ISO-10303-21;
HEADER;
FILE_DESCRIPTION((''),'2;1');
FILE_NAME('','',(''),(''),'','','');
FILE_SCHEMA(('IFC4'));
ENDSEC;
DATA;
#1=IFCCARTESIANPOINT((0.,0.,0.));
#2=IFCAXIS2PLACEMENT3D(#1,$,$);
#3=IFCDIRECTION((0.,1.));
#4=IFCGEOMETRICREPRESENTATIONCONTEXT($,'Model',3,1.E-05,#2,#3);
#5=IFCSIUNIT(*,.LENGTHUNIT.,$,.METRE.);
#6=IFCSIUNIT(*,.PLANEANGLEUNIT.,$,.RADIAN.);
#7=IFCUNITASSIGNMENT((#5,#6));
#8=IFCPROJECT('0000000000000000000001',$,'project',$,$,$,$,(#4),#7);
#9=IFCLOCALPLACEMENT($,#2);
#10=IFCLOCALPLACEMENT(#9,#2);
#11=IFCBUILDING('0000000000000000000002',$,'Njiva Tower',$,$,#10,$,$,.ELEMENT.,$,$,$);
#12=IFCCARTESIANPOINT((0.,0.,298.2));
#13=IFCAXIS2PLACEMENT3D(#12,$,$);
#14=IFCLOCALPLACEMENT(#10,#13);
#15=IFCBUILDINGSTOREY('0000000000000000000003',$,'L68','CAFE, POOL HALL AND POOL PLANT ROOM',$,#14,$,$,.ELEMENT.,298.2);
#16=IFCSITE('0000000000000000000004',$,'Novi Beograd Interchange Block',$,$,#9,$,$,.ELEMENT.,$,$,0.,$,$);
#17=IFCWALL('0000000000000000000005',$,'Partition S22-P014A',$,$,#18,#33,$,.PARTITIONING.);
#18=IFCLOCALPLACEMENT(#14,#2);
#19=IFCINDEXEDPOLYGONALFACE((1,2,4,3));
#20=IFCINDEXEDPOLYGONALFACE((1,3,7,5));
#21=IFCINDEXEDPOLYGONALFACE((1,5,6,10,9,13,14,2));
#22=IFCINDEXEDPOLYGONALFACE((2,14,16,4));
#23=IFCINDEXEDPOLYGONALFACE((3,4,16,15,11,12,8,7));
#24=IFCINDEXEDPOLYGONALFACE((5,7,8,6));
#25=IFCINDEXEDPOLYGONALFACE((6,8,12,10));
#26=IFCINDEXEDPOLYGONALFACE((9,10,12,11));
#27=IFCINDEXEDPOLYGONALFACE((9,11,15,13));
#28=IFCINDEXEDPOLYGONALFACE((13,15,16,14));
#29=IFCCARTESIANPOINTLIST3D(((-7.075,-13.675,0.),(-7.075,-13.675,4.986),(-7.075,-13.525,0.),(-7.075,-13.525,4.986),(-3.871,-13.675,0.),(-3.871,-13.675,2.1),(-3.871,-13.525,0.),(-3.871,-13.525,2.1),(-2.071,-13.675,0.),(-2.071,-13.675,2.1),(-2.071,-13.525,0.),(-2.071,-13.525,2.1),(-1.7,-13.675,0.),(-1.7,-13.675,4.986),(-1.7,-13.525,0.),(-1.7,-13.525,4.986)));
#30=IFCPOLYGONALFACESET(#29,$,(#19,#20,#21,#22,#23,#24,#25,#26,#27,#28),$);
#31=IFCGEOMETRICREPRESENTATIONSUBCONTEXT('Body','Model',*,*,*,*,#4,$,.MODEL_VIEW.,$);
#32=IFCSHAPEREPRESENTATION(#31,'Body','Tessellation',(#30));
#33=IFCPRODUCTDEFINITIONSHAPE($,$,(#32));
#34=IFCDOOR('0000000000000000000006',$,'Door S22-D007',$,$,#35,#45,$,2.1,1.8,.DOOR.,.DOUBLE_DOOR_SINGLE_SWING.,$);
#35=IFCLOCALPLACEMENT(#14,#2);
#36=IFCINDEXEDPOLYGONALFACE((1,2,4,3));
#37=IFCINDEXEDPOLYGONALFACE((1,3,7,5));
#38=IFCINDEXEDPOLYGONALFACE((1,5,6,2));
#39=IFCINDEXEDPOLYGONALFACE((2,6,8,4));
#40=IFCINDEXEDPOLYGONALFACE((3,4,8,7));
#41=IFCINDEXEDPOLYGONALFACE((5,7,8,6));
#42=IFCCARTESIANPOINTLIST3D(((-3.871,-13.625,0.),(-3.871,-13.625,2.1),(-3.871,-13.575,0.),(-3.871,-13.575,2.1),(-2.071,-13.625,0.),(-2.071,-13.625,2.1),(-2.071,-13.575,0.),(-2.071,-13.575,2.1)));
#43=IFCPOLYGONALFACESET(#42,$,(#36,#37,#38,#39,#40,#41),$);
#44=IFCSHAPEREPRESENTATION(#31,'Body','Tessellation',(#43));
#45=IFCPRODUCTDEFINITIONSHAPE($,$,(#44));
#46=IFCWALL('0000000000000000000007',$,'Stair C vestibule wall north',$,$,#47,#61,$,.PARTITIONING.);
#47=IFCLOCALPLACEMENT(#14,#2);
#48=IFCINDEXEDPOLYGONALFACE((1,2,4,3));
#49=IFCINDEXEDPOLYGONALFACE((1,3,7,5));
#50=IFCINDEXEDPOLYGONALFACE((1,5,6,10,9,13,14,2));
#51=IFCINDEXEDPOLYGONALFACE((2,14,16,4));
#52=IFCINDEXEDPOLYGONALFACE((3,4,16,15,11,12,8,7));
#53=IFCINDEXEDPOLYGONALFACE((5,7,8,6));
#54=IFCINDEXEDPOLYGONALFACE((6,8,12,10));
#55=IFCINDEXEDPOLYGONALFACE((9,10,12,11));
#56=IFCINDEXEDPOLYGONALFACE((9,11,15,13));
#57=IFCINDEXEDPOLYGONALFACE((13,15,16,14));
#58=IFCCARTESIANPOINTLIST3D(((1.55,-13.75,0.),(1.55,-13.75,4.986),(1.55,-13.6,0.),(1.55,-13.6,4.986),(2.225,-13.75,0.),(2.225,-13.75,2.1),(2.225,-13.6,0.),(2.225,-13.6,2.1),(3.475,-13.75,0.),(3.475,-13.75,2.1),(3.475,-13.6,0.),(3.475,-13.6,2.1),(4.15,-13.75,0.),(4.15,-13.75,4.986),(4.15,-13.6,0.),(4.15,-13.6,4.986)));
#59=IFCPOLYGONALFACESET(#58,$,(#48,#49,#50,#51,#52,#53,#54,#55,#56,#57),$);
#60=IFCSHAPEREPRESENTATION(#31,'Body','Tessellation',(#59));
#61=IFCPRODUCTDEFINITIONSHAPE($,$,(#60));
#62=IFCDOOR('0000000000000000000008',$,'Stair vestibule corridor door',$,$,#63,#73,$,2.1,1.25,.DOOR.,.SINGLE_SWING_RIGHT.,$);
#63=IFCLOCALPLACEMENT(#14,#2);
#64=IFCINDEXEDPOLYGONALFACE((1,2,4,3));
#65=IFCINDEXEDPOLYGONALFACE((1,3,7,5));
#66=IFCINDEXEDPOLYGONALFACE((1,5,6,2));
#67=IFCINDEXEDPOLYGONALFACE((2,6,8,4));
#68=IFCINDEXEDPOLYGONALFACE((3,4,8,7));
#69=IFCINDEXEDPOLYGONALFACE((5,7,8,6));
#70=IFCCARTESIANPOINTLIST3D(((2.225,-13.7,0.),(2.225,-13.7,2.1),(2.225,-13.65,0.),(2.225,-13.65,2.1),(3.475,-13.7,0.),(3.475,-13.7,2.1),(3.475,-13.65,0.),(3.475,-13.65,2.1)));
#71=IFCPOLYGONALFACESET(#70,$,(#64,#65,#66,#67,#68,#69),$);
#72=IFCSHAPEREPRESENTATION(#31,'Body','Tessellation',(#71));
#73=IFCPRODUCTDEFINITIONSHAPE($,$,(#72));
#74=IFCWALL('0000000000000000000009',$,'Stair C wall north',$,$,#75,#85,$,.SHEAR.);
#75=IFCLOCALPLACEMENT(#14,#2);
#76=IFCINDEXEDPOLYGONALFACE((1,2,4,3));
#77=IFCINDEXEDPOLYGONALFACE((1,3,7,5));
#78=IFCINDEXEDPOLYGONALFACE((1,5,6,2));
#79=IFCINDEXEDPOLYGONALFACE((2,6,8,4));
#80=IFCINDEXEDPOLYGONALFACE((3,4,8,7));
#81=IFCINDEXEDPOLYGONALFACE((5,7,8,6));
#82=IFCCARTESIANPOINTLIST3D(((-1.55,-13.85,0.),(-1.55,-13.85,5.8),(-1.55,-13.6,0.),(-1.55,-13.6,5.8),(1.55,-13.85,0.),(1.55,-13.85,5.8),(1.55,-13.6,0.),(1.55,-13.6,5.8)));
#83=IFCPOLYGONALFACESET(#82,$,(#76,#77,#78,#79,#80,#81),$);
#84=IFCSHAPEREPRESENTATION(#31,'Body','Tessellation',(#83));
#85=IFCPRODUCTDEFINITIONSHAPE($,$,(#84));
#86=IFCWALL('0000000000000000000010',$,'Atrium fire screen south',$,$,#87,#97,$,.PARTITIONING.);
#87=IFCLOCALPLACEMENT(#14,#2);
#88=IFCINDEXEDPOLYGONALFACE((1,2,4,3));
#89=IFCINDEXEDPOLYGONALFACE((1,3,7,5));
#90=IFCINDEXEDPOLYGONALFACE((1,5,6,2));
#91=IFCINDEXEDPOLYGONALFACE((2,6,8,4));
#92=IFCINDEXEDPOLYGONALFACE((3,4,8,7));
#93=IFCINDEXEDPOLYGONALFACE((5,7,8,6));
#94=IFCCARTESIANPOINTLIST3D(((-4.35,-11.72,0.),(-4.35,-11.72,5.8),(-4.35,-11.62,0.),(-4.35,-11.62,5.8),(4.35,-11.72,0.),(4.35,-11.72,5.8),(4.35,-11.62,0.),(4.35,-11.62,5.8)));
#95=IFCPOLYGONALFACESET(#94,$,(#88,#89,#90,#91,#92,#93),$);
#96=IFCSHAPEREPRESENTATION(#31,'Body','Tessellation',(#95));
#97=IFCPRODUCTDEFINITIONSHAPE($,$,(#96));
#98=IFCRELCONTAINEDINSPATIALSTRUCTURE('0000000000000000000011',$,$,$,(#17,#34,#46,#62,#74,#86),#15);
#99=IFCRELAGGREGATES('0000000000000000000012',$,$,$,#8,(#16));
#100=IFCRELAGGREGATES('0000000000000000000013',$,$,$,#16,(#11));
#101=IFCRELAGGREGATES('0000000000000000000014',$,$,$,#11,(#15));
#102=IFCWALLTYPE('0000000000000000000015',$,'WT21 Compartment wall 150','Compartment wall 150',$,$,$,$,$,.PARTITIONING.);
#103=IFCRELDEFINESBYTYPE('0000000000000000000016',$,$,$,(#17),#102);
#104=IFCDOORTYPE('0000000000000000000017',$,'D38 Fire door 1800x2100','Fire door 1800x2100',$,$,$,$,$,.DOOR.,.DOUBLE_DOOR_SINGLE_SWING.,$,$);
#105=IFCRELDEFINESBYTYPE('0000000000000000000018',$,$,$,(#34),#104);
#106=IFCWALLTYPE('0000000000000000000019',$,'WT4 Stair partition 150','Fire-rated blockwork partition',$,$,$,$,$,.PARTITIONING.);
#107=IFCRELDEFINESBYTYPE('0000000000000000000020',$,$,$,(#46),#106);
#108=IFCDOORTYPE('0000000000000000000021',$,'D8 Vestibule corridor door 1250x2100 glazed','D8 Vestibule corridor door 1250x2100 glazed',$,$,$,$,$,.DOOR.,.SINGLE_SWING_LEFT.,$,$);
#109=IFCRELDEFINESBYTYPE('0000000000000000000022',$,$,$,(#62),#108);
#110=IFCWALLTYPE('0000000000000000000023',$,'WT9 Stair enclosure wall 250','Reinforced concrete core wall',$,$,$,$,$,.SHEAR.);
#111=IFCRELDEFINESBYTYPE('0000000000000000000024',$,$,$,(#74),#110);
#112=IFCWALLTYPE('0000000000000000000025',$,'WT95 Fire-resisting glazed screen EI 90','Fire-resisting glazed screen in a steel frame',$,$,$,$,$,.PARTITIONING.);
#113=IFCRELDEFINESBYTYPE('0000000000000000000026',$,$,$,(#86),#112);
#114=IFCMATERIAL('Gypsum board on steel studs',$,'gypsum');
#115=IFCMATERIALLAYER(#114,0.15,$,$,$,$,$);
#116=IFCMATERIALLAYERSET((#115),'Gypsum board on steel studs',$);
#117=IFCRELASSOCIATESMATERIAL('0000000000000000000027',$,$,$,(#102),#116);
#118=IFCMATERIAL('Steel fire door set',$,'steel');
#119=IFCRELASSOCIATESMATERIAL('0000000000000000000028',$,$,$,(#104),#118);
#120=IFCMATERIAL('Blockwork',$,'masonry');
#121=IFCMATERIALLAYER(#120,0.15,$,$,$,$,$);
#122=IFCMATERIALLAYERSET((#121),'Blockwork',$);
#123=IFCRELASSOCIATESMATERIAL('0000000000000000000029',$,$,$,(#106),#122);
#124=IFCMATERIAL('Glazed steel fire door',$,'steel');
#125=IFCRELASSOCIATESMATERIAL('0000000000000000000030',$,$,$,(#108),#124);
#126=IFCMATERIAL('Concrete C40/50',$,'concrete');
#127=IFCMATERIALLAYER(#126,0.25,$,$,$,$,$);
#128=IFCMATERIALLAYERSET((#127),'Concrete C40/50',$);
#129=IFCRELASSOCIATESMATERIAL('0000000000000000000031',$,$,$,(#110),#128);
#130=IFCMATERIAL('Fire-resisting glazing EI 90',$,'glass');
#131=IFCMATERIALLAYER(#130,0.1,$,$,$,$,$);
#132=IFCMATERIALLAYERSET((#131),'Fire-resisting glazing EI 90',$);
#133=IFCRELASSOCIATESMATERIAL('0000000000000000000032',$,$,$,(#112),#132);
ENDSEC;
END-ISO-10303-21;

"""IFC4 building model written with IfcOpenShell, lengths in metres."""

from ifc_helpers import new_model, si_unit, direction, frame, frame_2d, origin, place, context, subcontext, project, spatial, rectangle, extrude, material, layer, layer_set, type_object, element, fill, save


model = new_model("IFC4")

# Units and contexts
model_context = context("Model", 3, precision=1e-05, world=origin(), true_north=direction((0.0, 1.0)))
body_context = subcontext(model_context, "Body", "Model", "MODEL_VIEW")
ifc_project = project(units=[si_unit("LENGTHUNIT", "METRE"), si_unit("PLANEANGLEUNIT", "RADIAN")], contexts=[model_context])

# Site, building, storey
site_placement = place(None, origin())
site = spatial("IfcSite", under=ifc_project, at=site_placement, Name="Novi Beograd Interchange Block", CompositionType="ELEMENT", RefElevation=0.0)
building_placement = place(site_placement, origin())
building = spatial("IfcBuilding", under=site, at=building_placement, Name="Njiva Tower", CompositionType="ELEMENT")
storey_placement = place(building_placement, frame((0.0, 0.0, 298.2)))
storey = spatial("IfcBuildingStorey", under=building, at=storey_placement, Name="L68", Description="CAFE, POOL HALL AND POOL PLANT ROOM", CompositionType="ELEMENT", Elevation=298.2)

# Shared definitions
ifc_material_1 = material(Name="Gypsum board on steel studs", Category="gypsum")
ifc_layer_1 = layer(ifc_material_1, 0.15)
ifc_layer_set_1 = layer_set([ifc_layer_1], Name="Gypsum board on steel studs")
wall_type_1 = type_object("IfcWallType", Name="WT21 Compartment wall 150", Description="Compartment wall 150", PredefinedType="PARTITIONING", material=ifc_layer_set_1)

# Walls, openings, doors
wall_1_placement = place(storey_placement, frame((-7.075, -13.6, 0.0), z_axis=(0.0, 0.0, 1.0), x_axis=(1.0, 0.0, 0.0)))
wall_1 = element("IfcWall", 1, at=wall_1_placement, inside=storey, type_object=wall_type_1, Name="Partition S22-P014A", PredefinedType="PARTITIONING", context=body_context, shape_type="SweptSolid", body=[
    extrude(rectangle(XDim=5.375, YDim=0.15, at=frame_2d((2.6875, 0.0))), origin(), (0.0, 0.0, 1.0), 4.986),
])
opening_1_placement = place(wall_1_placement, frame((3.204, 0.0, 0.0)))
opening_1 = element("IfcOpeningElement", 2, at=opening_1_placement, cuts=wall_1, PredefinedType="OPENING", context=body_context, shape_type="SweptSolid", body=[
    extrude(rectangle(XDim=1.8, YDim=2.1, at=frame_2d((0.9, 1.05))), frame((0.0, 0.085, 0.0), z_axis=(0.0, -1.0, 0.0), x_axis=(1.0, 0.0, 0.0)), (0.0, 0.0, 1.0), 0.17),
])
ifc_material_2 = material(Name="Steel fire door set", Category="steel")
door_type_1 = type_object("IfcDoorType", Name="D38 Fire door 1800x2100", Description="Fire door 1800x2100", OperationType="DOUBLE_DOOR_SINGLE_SWING", PredefinedType="DOOR", material=ifc_material_2)
door_1_placement = place(opening_1_placement, origin())
door_1 = element("IfcDoor", 3, at=door_1_placement, inside=storey, type_object=door_type_1, Name="Door S22-D007", OperationType="DOUBLE_DOOR_SINGLE_SWING", OverallHeight=2.1, OverallWidth=1.8, PredefinedType="DOOR", context=body_context, shape_type="SweptSolid", body=[
    extrude(rectangle(XDim=1.8, YDim=2.1, at=frame_2d((0.9, 1.05))), frame((0.0, 0.025, 0.0), z_axis=(0.0, -1.0, 0.0), x_axis=(1.0, 0.0, 0.0)), (0.0, 0.0, 1.0), 0.05),
])
fill(opening_1, door_1)
ifc_material_3 = material(Name="Blockwork", Category="masonry")
ifc_layer_2 = layer(ifc_material_3, 0.15)
ifc_layer_set_2 = layer_set([ifc_layer_2], Name="Blockwork")
wall_type_2 = type_object("IfcWallType", Name="WT4 Stair partition 150", Description="Fire-rated blockwork partition", PredefinedType="PARTITIONING", material=ifc_layer_set_2)
wall_2_placement = place(storey_placement, frame((1.55, -13.675, 0.0), z_axis=(0.0, 0.0, 1.0), x_axis=(1.0, 0.0, 0.0)))
wall_2 = element("IfcWall", 4, at=wall_2_placement, inside=storey, type_object=wall_type_2, Name="Stair C vestibule wall north", PredefinedType="PARTITIONING", context=body_context, shape_type="SweptSolid", body=[
    extrude(rectangle(XDim=2.6, YDim=0.15, at=frame_2d((1.3, 0.0))), origin(), (0.0, 0.0, 1.0), 4.986),
])
opening_2_placement = place(wall_2_placement, frame((0.675, 0.0, 0.0)))
opening_2 = element("IfcOpeningElement", 5, at=opening_2_placement, cuts=wall_2, PredefinedType="OPENING", context=body_context, shape_type="SweptSolid", body=[
    extrude(rectangle(XDim=1.25, YDim=2.1, at=frame_2d((0.625, 1.05))), frame((0.0, 0.085, 0.0), z_axis=(0.0, -1.0, 0.0), x_axis=(1.0, 0.0, 0.0)), (0.0, 0.0, 1.0), 0.17),
])
ifc_material_4 = material(Name="Glazed steel fire door", Category="steel")
door_type_2 = type_object("IfcDoorType", Name="D8 Vestibule corridor door 1250x2100 glazed", Description="D8 Vestibule corridor door 1250x2100 glazed", OperationType="SINGLE_SWING_LEFT", PredefinedType="DOOR", material=ifc_material_4)
door_2_placement = place(opening_2_placement, origin())
door_2 = element("IfcDoor", 6, at=door_2_placement, inside=storey, type_object=door_type_2, Name="Stair vestibule corridor door", OperationType="SINGLE_SWING_RIGHT", OverallHeight=2.1, OverallWidth=1.25, PredefinedType="DOOR", context=body_context, shape_type="SweptSolid", body=[
    extrude(rectangle(XDim=1.25, YDim=2.1, at=frame_2d((0.625, 1.05))), frame((0.0, 0.025, 0.0), z_axis=(0.0, -1.0, 0.0), x_axis=(1.0, 0.0, 0.0)), (0.0, 0.0, 1.0), 0.05),
])
fill(opening_2, door_2)

# Walls
ifc_material_5 = material(Name="Concrete C40/50", Category="concrete")
ifc_layer_3 = layer(ifc_material_5, 0.25)
ifc_layer_set_3 = layer_set([ifc_layer_3], Name="Concrete C40/50")
wall_type_3 = type_object("IfcWallType", Name="WT9 Stair enclosure wall 250", Description="Reinforced concrete core wall", PredefinedType="SHEAR", material=ifc_layer_set_3)
wall_3_placement = place(storey_placement, frame((-1.55, -13.725, 0.0), z_axis=(0.0, 0.0, 1.0), x_axis=(1.0, 0.0, 0.0)))
element("IfcWall", 7, at=wall_3_placement, inside=storey, type_object=wall_type_3, Name="Stair C wall north", PredefinedType="SHEAR", context=body_context, shape_type="SweptSolid", body=[
    extrude(rectangle(XDim=3.1, YDim=0.25, at=frame_2d((1.55, 0.0))), origin(), (0.0, 0.0, 1.0), 5.8),
])
ifc_material_6 = material(Name="Fire-resisting glazing EI 90", Category="glass")
ifc_layer_4 = layer(ifc_material_6, 0.1)
ifc_layer_set_4 = layer_set([ifc_layer_4], Name="Fire-resisting glazing EI 90")
wall_type_4 = type_object("IfcWallType", Name="WT95 Fire-resisting glazed screen EI 90", Description="Fire-resisting glazed screen in a steel frame", PredefinedType="PARTITIONING", material=ifc_layer_set_4)
wall_4_placement = place(storey_placement, frame((-4.35, -11.67, 0.0), z_axis=(0.0, 0.0, 1.0), x_axis=(1.0, 0.0, 0.0)))
element("IfcWall", 8, at=wall_4_placement, inside=storey, type_object=wall_type_4, Name="Atrium fire screen south", PredefinedType="PARTITIONING", context=body_context, shape_type="SweptSolid", body=[
    extrude(rectangle(XDim=8.7, YDim=0.1, at=frame_2d((4.35, 0.0))), origin(), (0.0, 0.0, 1.0), 5.8),
])

save(model, "model.ifc")
